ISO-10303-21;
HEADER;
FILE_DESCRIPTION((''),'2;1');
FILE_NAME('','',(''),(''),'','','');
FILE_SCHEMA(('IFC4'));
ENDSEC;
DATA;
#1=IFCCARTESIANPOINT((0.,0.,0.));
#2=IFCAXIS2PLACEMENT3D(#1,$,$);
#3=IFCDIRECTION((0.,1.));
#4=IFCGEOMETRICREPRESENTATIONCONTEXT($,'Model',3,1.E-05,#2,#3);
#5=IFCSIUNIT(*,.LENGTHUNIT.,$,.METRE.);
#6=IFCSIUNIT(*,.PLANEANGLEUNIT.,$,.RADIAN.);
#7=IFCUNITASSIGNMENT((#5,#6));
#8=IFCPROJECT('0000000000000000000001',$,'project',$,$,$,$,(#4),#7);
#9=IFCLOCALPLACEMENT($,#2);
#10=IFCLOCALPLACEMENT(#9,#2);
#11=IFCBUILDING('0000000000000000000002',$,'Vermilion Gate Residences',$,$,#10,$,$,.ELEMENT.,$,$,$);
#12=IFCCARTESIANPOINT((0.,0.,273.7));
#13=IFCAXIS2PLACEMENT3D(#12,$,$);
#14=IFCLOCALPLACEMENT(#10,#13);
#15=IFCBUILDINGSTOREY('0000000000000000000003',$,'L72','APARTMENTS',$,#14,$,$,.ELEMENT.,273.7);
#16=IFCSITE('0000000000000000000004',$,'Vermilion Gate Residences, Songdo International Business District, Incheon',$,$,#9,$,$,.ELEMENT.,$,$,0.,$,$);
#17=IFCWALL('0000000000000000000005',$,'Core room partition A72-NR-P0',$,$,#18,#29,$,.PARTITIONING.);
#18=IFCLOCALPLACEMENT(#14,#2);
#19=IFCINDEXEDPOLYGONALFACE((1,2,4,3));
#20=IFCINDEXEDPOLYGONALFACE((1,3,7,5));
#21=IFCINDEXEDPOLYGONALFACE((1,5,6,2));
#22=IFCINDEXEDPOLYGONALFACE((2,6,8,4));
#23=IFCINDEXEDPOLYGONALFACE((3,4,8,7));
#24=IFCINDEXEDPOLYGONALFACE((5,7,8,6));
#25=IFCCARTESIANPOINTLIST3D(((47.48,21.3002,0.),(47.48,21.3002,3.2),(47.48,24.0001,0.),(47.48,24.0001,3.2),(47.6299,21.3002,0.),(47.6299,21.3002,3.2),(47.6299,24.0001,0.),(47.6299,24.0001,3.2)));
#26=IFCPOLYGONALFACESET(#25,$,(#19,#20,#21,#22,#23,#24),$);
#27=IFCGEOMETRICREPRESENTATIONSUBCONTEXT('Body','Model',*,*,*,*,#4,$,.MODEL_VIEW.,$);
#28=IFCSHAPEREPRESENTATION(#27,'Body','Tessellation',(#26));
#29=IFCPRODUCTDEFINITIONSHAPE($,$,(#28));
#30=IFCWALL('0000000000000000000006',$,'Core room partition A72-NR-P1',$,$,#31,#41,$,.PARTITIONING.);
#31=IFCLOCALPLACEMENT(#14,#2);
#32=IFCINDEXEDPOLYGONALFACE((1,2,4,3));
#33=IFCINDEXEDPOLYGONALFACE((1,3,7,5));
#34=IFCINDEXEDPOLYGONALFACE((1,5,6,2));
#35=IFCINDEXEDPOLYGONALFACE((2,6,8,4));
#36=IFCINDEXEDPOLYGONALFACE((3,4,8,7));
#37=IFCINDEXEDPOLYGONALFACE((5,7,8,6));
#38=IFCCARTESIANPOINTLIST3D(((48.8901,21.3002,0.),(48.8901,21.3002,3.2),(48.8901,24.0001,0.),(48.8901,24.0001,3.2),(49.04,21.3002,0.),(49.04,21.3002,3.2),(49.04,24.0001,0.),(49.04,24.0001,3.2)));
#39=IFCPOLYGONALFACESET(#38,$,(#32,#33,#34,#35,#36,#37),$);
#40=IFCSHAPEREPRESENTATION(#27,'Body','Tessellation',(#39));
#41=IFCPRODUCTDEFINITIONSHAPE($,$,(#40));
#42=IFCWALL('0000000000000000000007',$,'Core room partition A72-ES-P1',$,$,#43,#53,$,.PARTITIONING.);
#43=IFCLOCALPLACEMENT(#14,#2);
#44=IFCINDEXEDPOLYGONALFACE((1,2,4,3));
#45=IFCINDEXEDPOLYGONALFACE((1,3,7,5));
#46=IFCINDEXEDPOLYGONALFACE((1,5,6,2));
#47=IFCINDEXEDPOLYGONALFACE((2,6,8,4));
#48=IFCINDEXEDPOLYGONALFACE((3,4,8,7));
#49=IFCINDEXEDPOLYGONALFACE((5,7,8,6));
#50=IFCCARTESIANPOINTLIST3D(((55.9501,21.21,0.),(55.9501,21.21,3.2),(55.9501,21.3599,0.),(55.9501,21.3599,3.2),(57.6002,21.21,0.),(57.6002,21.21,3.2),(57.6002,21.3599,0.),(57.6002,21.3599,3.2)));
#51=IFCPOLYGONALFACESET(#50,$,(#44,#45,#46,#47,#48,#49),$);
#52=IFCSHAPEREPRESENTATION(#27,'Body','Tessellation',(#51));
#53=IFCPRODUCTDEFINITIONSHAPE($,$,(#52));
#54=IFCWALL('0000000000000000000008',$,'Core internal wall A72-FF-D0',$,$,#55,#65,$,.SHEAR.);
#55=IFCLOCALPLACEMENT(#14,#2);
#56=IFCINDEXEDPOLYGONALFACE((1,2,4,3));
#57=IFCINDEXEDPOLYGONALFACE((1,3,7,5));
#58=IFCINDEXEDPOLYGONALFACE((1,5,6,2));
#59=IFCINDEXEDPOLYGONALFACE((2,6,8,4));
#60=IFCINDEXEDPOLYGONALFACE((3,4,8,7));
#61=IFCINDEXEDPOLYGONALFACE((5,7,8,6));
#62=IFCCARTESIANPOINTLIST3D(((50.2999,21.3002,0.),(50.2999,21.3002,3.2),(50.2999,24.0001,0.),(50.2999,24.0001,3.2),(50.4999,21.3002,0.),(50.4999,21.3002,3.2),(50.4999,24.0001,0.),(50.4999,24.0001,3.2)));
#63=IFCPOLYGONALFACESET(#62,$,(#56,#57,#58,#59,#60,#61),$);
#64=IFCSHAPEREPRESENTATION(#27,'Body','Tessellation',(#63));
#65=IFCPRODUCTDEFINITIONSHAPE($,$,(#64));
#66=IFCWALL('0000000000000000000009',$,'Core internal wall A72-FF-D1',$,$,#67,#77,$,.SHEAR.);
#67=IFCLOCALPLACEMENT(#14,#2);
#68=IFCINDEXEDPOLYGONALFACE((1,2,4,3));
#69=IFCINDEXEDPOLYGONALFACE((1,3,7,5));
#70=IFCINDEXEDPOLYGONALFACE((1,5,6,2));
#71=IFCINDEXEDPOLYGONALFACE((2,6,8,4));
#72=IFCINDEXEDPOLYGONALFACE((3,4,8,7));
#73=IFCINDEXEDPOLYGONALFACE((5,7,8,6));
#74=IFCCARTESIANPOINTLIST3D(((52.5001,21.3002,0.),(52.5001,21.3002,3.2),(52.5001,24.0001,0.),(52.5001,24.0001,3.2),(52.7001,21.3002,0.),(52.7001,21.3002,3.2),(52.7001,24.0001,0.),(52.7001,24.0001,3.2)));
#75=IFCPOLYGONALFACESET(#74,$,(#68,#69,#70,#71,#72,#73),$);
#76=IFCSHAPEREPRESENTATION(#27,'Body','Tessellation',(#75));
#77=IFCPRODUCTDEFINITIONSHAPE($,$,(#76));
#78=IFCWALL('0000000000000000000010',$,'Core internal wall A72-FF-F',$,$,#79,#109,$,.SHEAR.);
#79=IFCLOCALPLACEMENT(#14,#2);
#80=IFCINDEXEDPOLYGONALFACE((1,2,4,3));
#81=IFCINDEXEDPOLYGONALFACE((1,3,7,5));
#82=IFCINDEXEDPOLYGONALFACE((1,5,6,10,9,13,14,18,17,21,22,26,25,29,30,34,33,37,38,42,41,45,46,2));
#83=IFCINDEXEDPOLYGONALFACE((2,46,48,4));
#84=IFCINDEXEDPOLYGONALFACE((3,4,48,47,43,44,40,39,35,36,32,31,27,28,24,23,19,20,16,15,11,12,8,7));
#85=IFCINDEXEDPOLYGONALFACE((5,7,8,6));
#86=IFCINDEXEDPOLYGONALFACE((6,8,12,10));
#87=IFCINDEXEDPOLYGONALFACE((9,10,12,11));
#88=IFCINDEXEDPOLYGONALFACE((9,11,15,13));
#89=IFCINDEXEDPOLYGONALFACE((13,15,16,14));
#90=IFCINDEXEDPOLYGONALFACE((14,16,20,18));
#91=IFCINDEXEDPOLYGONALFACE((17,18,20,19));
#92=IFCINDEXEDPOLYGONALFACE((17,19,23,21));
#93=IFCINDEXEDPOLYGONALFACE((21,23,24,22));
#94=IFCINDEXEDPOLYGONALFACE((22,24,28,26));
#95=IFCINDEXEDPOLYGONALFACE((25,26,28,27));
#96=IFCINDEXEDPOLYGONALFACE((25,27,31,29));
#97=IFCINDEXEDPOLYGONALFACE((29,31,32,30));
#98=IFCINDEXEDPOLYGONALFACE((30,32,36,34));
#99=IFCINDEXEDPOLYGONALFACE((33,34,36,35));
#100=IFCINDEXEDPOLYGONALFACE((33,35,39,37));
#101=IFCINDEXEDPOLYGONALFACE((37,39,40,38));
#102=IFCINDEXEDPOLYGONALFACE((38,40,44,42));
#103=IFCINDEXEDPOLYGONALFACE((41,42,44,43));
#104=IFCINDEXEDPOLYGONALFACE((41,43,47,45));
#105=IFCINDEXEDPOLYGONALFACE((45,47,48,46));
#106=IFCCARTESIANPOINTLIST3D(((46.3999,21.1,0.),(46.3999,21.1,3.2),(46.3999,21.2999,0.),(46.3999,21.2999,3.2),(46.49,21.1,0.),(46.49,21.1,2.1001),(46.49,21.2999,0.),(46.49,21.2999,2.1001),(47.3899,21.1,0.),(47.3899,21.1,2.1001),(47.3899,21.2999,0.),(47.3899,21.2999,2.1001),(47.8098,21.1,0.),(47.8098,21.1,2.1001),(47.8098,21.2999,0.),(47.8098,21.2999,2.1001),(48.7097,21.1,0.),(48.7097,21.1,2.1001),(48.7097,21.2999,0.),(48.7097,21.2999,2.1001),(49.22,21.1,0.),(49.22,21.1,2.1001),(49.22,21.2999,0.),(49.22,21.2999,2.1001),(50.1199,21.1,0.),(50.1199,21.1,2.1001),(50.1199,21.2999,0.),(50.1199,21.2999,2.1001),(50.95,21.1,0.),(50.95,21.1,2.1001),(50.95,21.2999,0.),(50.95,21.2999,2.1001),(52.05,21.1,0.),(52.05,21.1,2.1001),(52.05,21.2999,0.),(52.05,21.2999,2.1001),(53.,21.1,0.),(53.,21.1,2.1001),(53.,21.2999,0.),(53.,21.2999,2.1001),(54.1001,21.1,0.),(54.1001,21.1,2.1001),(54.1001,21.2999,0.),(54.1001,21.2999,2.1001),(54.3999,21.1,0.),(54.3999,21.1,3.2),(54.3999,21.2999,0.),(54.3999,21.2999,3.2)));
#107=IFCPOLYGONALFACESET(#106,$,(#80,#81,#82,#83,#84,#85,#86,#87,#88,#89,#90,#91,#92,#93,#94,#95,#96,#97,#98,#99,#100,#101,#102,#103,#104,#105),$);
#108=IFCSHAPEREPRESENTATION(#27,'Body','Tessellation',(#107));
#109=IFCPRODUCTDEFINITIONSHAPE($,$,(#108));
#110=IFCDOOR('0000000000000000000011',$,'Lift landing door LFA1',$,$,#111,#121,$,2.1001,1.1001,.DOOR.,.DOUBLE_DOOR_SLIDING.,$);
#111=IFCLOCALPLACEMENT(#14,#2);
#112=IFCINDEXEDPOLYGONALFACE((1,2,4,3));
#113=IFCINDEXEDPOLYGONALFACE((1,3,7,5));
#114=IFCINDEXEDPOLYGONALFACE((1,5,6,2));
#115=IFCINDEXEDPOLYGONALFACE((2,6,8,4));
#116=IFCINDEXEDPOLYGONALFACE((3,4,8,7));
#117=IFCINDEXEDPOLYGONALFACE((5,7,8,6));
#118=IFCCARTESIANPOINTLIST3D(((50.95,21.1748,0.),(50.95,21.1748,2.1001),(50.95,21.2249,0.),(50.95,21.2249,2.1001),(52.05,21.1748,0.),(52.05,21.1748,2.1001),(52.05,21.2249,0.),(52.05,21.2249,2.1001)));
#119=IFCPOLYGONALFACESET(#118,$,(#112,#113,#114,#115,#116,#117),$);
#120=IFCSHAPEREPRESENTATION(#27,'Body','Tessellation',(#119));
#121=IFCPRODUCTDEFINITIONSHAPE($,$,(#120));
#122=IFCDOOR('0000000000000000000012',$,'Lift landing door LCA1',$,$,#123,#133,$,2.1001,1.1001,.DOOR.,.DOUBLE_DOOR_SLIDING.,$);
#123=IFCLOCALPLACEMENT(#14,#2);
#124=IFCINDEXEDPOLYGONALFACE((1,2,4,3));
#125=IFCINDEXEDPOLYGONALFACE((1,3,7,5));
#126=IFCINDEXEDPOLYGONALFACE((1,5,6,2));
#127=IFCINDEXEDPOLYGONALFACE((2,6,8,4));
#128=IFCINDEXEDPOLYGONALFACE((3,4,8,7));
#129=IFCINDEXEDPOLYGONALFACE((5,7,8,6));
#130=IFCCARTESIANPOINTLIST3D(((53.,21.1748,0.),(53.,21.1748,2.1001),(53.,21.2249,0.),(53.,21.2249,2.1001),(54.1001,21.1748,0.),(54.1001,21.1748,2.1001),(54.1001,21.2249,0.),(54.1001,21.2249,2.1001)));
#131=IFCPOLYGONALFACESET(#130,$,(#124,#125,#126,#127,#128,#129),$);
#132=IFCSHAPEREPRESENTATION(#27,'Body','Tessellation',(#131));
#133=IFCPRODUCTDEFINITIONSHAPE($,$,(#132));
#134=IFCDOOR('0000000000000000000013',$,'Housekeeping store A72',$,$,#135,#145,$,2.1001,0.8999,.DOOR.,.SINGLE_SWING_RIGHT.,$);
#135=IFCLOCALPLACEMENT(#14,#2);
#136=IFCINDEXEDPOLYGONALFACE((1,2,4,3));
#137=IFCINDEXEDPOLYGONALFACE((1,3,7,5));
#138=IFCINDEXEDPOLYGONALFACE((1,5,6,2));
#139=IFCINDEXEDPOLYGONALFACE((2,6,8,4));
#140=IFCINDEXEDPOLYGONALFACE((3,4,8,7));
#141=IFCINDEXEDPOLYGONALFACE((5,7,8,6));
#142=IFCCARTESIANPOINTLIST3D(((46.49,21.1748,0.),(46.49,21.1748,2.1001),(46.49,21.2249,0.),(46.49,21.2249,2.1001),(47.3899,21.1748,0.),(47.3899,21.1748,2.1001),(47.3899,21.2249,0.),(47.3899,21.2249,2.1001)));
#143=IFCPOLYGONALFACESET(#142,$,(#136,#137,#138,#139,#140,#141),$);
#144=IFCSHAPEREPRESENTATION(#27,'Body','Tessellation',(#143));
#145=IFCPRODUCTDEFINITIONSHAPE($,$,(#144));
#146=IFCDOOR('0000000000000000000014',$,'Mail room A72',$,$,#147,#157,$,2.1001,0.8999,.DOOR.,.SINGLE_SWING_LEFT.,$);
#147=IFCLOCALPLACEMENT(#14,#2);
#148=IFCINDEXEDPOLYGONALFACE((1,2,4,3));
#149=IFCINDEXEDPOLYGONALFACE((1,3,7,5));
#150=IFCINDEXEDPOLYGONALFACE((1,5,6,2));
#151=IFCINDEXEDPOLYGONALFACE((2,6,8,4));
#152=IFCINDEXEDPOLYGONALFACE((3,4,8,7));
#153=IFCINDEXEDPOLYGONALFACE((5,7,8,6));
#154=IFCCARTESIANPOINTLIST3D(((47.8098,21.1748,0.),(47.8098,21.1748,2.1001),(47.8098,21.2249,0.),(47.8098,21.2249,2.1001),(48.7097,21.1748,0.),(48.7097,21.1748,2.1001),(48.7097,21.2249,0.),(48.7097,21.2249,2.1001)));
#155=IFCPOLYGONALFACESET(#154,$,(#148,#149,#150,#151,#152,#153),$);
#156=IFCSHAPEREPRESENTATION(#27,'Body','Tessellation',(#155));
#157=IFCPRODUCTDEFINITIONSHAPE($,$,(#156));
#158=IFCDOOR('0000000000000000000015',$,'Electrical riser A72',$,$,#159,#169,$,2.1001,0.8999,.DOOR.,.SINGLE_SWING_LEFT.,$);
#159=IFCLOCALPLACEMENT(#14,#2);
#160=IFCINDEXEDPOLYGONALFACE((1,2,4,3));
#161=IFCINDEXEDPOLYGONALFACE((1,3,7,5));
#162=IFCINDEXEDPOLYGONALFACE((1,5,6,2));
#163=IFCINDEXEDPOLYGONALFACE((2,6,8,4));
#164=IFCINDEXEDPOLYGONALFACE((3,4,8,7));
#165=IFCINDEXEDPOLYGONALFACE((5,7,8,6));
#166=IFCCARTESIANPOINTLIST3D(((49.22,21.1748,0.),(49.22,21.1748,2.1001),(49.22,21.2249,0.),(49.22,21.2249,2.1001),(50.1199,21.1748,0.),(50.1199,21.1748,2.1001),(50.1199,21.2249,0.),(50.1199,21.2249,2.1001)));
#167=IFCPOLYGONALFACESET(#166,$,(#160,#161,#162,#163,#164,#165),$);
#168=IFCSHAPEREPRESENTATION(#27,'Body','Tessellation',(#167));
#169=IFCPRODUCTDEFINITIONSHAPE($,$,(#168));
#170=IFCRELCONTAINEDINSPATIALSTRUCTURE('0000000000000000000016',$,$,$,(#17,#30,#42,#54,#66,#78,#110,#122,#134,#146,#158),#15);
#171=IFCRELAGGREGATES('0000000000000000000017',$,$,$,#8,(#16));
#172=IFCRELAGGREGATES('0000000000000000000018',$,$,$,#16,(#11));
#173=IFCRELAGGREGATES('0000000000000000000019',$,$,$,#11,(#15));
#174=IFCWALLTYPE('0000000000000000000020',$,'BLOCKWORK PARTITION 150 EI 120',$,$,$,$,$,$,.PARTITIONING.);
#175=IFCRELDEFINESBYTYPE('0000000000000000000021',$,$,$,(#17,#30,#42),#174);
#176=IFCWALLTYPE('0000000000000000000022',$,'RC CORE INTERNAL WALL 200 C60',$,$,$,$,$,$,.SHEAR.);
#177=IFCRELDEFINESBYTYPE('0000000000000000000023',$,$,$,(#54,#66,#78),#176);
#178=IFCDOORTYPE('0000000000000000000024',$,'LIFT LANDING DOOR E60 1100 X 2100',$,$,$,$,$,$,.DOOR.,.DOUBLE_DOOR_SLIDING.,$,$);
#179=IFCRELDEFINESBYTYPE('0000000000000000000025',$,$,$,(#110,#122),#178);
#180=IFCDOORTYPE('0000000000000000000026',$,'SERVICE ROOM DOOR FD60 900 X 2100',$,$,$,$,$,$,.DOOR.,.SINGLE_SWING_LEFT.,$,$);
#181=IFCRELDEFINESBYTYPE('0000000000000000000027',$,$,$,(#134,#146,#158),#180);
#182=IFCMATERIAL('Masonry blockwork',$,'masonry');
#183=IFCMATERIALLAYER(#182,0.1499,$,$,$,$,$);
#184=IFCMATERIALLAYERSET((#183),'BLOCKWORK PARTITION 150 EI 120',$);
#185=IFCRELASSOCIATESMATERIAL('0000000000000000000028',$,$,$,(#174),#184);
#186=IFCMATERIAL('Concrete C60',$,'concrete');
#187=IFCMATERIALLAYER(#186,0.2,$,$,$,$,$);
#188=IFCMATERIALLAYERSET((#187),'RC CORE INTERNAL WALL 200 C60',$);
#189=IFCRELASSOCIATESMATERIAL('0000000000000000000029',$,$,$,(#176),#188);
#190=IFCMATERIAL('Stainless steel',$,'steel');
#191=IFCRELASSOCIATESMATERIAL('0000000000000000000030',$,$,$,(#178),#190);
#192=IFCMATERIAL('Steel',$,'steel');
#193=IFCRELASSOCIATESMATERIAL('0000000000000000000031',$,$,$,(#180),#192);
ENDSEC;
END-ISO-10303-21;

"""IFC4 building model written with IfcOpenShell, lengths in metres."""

from ifc_helpers import new_model, si_unit, direction, frame, frame_2d, origin, place, context, subcontext, project, spatial, rectangle, extrude, material, layer, layer_set, type_object, element, fill, save


model = new_model("IFC4")

# Units and contexts
model_context = context("Model", 3, precision=1e-05, world=origin(), true_north=direction((0.0, 1.0)))
body_context = subcontext(model_context, "Body", "Model", "MODEL_VIEW")
ifc_project = project(units=[si_unit("LENGTHUNIT", "METRE"), si_unit("PLANEANGLEUNIT", "RADIAN")], contexts=[model_context])

# Site, building, storey
site_placement = place(None, origin())
site = spatial("IfcSite", under=ifc_project, at=site_placement, Name="Vermilion Gate Residences, Songdo International Business District, Incheon", CompositionType="ELEMENT", RefElevation=0.0)
building_placement = place(site_placement, origin())
building = spatial("IfcBuilding", under=site, at=building_placement, Name="Vermilion Gate Residences", CompositionType="ELEMENT")
storey_placement = place(building_placement, frame((0.0, 0.0, 273.7)))
storey = spatial("IfcBuildingStorey", under=building, at=storey_placement, Name="L72", Description="APARTMENTS", CompositionType="ELEMENT", Elevation=273.7)

# Walls
ifc_material_1 = material(Name="Masonry blockwork", Category="masonry")
ifc_layer_1 = layer(ifc_material_1, 0.1499)
ifc_layer_set_1 = layer_set([ifc_layer_1], Name="BLOCKWORK PARTITION 150 EI 120")
wall_type_1 = type_object("IfcWallType", Name="BLOCKWORK PARTITION 150 EI 120", PredefinedType="PARTITIONING", material=ifc_layer_set_1)
for number, where, z_axis, x_axis, name in (
    (1, (47.5549, 21.3, 0.0), (0.0, 0.0, 1.0), (0.0, 1.0, 0.0), "Core room partition A72-NR-P0"),
    (2, (48.9651, 21.3, 0.0), (0.0, 0.0, 1.0), (0.0, 1.0, 0.0), "Core room partition A72-NR-P1"),
):
    element("IfcWall", number, at=place(storey_placement, frame(where, z_axis=z_axis, x_axis=x_axis)), inside=storey, type_object=wall_type_1, Name=name, PredefinedType="PARTITIONING", context=body_context, shape_type="SweptSolid", body=[
        extrude(rectangle(XDim=2.7, YDim=0.1499, at=frame_2d((1.3501, 0.0))), origin(), (0.0, 0.0, 1.0), 3.2),
    ])
wall_1_placement = place(storey_placement, frame((55.95, 21.2849, 0.0), z_axis=(0.0, 0.0, 1.0), x_axis=(1.0, 0.0, 0.0)))
element("IfcWall", 3, at=wall_1_placement, inside=storey, type_object=wall_type_1, Name="Core room partition A72-ES-P1", PredefinedType="PARTITIONING", context=body_context, shape_type="SweptSolid", body=[
    extrude(rectangle(XDim=1.6501, YDim=0.1499, at=frame_2d((0.8252, 0.0))), origin(), (0.0, 0.0, 1.0), 3.2),
])
ifc_material_2 = material(Name="Concrete C60", Category="concrete")
ifc_layer_2 = layer(ifc_material_2, 0.2)
ifc_layer_set_2 = layer_set([ifc_layer_2], Name="RC CORE INTERNAL WALL 200 C60")
wall_type_2 = type_object("IfcWallType", Name="RC CORE INTERNAL WALL 200 C60", PredefinedType="SHEAR", material=ifc_layer_set_2)
for number, where, z_axis, x_axis, name in (
    (4, (50.3999, 21.3, 0.0), (0.0, 0.0, 1.0), (0.0, 1.0, 0.0), "Core internal wall A72-FF-D0"),
    (5, (52.6001, 21.3, 0.0), (0.0, 0.0, 1.0), (0.0, 1.0, 0.0), "Core internal wall A72-FF-D1"),
):
    element("IfcWall", number, at=place(storey_placement, frame(where, z_axis=z_axis, x_axis=x_axis)), inside=storey, type_object=wall_type_2, Name=name, PredefinedType="SHEAR", context=body_context, shape_type="SweptSolid", body=[
        extrude(rectangle(XDim=2.7, YDim=0.2, at=frame_2d((1.3501, 0.0))), origin(), (0.0, 0.0, 1.0), 3.2),
    ])

# Wall, openings, doors
wall_2_placement = place(storey_placement, frame((46.3999, 21.2, 0.0), z_axis=(0.0, 0.0, 1.0), x_axis=(1.0, 0.0, 0.0)))
wall_2 = element("IfcWall", 6, at=wall_2_placement, inside=storey, type_object=wall_type_2, Name="Core internal wall A72-FF-F", PredefinedType="SHEAR", context=body_context, shape_type="SweptSolid", body=[
    extrude(rectangle(XDim=8.0, YDim=0.2, at=frame_2d((4.0, 0.0))), origin(), (0.0, 0.0, 1.0), 3.2),
])
opening_1_placement = place(wall_2_placement, frame((0.0901, 0.0, 0.0)))
opening_1 = element("IfcOpeningElement", 7, at=opening_1_placement, cuts=wall_2, PredefinedType="OPENING", context=body_context, shape_type="SweptSolid", body=[
    extrude(rectangle(XDim=0.8999, YDim=2.1001, at=frame_2d((0.45, 1.05))), frame((0.0, 0.1099, 0.0), z_axis=(0.0, -1.0, 0.0), x_axis=(1.0, 0.0, 0.0)), (0.0, 0.0, 1.0), 0.22),
])
opening_2_placement = place(wall_2_placement, frame((1.4099, 0.0, 0.0)))
opening_2 = element("IfcOpeningElement", 8, at=opening_2_placement, cuts=wall_2, PredefinedType="OPENING", context=body_context, shape_type="SweptSolid", body=[
    extrude(rectangle(XDim=0.8999, YDim=2.1001, at=frame_2d((0.45, 1.05))), frame((0.0, 0.1099, 0.0), z_axis=(0.0, -1.0, 0.0), x_axis=(1.0, 0.0, 0.0)), (0.0, 0.0, 1.0), 0.22),
])
opening_3_placement = place(wall_2_placement, frame((2.8201, 0.0, 0.0)))
opening_3 = element("IfcOpeningElement", 9, at=opening_3_placement, cuts=wall_2, PredefinedType="OPENING", context=body_context, shape_type="SweptSolid", body=[
    extrude(rectangle(XDim=0.8999, YDim=2.1001, at=frame_2d((0.45, 1.05))), frame((0.0, 0.1099, 0.0), z_axis=(0.0, -1.0, 0.0), x_axis=(1.0, 0.0, 0.0)), (0.0, 0.0, 1.0), 0.22),
])
opening_4_placement = place(wall_2_placement, frame((4.55, 0.0, 0.0)))
opening_4 = element("IfcOpeningElement", 10, at=opening_4_placement, cuts=wall_2, PredefinedType="OPENING", context=body_context, shape_type="SweptSolid", body=[
    extrude(rectangle(XDim=1.1001, YDim=2.1001, at=frame_2d((0.55, 1.05))), frame((0.0, 0.1099, 0.0), z_axis=(0.0, -1.0, 0.0), x_axis=(1.0, 0.0, 0.0)), (0.0, 0.0, 1.0), 0.22),
])
opening_5_placement = place(wall_2_placement, frame((6.6001, 0.0, 0.0)))
opening_5 = element("IfcOpeningElement", 11, at=opening_5_placement, cuts=wall_2, PredefinedType="OPENING", context=body_context, shape_type="SweptSolid", body=[
    extrude(rectangle(XDim=1.1001, YDim=2.1001, at=frame_2d((0.55, 1.05))), frame((0.0, 0.1099, 0.0), z_axis=(0.0, -1.0, 0.0), x_axis=(1.0, 0.0, 0.0)), (0.0, 0.0, 1.0), 0.22),
])
ifc_material_3 = material(Name="Stainless steel", Category="steel")
door_type_1 = type_object("IfcDoorType", Name="LIFT LANDING DOOR E60 1100 X 2100", OperationType="DOUBLE_DOOR_SLIDING", PredefinedType="DOOR", material=ifc_material_3)
door_1_placement = place(opening_4_placement, origin())
door_1 = element("IfcDoor", 12, at=door_1_placement, inside=storey, type_object=door_type_1, Name="Lift landing door LFA1", OperationType="DOUBLE_DOOR_SLIDING", OverallHeight=2.1001, OverallWidth=1.1001, PredefinedType="DOOR", context=body_context, shape_type="SweptSolid", body=[
    extrude(rectangle(XDim=1.1001, YDim=2.1001, at=frame_2d((0.55, 1.05))), frame((0.0, 0.0249, 0.0), z_axis=(0.0, -1.0, 0.0), x_axis=(1.0, 0.0, 0.0)), (0.0, 0.0, 1.0), 0.05),
])
fill(opening_4, door_1)
door_2_placement = place(opening_5_placement, origin())
door_2 = element("IfcDoor", 13, at=door_2_placement, inside=storey, type_object=door_type_1, Name="Lift landing door LCA1", OperationType="DOUBLE_DOOR_SLIDING", OverallHeight=2.1001, OverallWidth=1.1001, PredefinedType="DOOR", context=body_context, shape_type="SweptSolid", body=[
    extrude(rectangle(XDim=1.1001, YDim=2.1001, at=frame_2d((0.55, 1.05))), frame((0.0, 0.0249, 0.0), z_axis=(0.0, -1.0, 0.0), x_axis=(1.0, 0.0, 0.0)), (0.0, 0.0, 1.0), 0.05),
])
fill(opening_5, door_2)
ifc_material_4 = material(Name="Steel", Category="steel")
door_type_2 = type_object("IfcDoorType", Name="SERVICE ROOM DOOR FD60 900 X 2100", OperationType="SINGLE_SWING_LEFT", PredefinedType="DOOR", material=ifc_material_4)
door_3_placement = place(opening_1_placement, origin())
door_3 = element("IfcDoor", 14, at=door_3_placement, inside=storey, type_object=door_type_2, Name="Housekeeping store A72", OperationType="SINGLE_SWING_RIGHT", OverallHeight=2.1001, OverallWidth=0.8999, PredefinedType="DOOR", context=body_context, shape_type="SweptSolid", body=[
    extrude(rectangle(XDim=0.8999, YDim=2.1001, at=frame_2d((0.45, 1.05))), frame((0.0, 0.0249, 0.0), z_axis=(0.0, -1.0, 0.0), x_axis=(1.0, 0.0, 0.0)), (0.0, 0.0, 1.0), 0.05),
])
fill(opening_1, door_3)
door_4_placement = place(opening_2_placement, origin())
door_4 = element("IfcDoor", 15, at=door_4_placement, inside=storey, type_object=door_type_2, Name="Mail room A72", OperationType="SINGLE_SWING_LEFT", OverallHeight=2.1001, OverallWidth=0.8999, PredefinedType="DOOR", context=body_context, shape_type="SweptSolid", body=[
    extrude(rectangle(XDim=0.8999, YDim=2.1001, at=frame_2d((0.45, 1.05))), frame((0.0, 0.0249, 0.0), z_axis=(0.0, -1.0, 0.0), x_axis=(1.0, 0.0, 0.0)), (0.0, 0.0, 1.0), 0.05),
])
fill(opening_2, door_4)
door_5_placement = place(opening_3_placement, origin())
door_5 = element("IfcDoor", 16, at=door_5_placement, inside=storey, type_object=door_type_2, Name="Electrical riser A72", OperationType="SINGLE_SWING_LEFT", OverallHeight=2.1001, OverallWidth=0.8999, PredefinedType="DOOR", context=body_context, shape_type="SweptSolid", body=[
    extrude(rectangle(XDim=0.8999, YDim=2.1001, at=frame_2d((0.45, 1.05))), frame((0.0, 0.0249, 0.0), z_axis=(0.0, -1.0, 0.0), x_axis=(1.0, 0.0, 0.0)), (0.0, 0.0, 1.0), 0.05),
])
fill(opening_3, door_5)

save(model, "model.ifc")
